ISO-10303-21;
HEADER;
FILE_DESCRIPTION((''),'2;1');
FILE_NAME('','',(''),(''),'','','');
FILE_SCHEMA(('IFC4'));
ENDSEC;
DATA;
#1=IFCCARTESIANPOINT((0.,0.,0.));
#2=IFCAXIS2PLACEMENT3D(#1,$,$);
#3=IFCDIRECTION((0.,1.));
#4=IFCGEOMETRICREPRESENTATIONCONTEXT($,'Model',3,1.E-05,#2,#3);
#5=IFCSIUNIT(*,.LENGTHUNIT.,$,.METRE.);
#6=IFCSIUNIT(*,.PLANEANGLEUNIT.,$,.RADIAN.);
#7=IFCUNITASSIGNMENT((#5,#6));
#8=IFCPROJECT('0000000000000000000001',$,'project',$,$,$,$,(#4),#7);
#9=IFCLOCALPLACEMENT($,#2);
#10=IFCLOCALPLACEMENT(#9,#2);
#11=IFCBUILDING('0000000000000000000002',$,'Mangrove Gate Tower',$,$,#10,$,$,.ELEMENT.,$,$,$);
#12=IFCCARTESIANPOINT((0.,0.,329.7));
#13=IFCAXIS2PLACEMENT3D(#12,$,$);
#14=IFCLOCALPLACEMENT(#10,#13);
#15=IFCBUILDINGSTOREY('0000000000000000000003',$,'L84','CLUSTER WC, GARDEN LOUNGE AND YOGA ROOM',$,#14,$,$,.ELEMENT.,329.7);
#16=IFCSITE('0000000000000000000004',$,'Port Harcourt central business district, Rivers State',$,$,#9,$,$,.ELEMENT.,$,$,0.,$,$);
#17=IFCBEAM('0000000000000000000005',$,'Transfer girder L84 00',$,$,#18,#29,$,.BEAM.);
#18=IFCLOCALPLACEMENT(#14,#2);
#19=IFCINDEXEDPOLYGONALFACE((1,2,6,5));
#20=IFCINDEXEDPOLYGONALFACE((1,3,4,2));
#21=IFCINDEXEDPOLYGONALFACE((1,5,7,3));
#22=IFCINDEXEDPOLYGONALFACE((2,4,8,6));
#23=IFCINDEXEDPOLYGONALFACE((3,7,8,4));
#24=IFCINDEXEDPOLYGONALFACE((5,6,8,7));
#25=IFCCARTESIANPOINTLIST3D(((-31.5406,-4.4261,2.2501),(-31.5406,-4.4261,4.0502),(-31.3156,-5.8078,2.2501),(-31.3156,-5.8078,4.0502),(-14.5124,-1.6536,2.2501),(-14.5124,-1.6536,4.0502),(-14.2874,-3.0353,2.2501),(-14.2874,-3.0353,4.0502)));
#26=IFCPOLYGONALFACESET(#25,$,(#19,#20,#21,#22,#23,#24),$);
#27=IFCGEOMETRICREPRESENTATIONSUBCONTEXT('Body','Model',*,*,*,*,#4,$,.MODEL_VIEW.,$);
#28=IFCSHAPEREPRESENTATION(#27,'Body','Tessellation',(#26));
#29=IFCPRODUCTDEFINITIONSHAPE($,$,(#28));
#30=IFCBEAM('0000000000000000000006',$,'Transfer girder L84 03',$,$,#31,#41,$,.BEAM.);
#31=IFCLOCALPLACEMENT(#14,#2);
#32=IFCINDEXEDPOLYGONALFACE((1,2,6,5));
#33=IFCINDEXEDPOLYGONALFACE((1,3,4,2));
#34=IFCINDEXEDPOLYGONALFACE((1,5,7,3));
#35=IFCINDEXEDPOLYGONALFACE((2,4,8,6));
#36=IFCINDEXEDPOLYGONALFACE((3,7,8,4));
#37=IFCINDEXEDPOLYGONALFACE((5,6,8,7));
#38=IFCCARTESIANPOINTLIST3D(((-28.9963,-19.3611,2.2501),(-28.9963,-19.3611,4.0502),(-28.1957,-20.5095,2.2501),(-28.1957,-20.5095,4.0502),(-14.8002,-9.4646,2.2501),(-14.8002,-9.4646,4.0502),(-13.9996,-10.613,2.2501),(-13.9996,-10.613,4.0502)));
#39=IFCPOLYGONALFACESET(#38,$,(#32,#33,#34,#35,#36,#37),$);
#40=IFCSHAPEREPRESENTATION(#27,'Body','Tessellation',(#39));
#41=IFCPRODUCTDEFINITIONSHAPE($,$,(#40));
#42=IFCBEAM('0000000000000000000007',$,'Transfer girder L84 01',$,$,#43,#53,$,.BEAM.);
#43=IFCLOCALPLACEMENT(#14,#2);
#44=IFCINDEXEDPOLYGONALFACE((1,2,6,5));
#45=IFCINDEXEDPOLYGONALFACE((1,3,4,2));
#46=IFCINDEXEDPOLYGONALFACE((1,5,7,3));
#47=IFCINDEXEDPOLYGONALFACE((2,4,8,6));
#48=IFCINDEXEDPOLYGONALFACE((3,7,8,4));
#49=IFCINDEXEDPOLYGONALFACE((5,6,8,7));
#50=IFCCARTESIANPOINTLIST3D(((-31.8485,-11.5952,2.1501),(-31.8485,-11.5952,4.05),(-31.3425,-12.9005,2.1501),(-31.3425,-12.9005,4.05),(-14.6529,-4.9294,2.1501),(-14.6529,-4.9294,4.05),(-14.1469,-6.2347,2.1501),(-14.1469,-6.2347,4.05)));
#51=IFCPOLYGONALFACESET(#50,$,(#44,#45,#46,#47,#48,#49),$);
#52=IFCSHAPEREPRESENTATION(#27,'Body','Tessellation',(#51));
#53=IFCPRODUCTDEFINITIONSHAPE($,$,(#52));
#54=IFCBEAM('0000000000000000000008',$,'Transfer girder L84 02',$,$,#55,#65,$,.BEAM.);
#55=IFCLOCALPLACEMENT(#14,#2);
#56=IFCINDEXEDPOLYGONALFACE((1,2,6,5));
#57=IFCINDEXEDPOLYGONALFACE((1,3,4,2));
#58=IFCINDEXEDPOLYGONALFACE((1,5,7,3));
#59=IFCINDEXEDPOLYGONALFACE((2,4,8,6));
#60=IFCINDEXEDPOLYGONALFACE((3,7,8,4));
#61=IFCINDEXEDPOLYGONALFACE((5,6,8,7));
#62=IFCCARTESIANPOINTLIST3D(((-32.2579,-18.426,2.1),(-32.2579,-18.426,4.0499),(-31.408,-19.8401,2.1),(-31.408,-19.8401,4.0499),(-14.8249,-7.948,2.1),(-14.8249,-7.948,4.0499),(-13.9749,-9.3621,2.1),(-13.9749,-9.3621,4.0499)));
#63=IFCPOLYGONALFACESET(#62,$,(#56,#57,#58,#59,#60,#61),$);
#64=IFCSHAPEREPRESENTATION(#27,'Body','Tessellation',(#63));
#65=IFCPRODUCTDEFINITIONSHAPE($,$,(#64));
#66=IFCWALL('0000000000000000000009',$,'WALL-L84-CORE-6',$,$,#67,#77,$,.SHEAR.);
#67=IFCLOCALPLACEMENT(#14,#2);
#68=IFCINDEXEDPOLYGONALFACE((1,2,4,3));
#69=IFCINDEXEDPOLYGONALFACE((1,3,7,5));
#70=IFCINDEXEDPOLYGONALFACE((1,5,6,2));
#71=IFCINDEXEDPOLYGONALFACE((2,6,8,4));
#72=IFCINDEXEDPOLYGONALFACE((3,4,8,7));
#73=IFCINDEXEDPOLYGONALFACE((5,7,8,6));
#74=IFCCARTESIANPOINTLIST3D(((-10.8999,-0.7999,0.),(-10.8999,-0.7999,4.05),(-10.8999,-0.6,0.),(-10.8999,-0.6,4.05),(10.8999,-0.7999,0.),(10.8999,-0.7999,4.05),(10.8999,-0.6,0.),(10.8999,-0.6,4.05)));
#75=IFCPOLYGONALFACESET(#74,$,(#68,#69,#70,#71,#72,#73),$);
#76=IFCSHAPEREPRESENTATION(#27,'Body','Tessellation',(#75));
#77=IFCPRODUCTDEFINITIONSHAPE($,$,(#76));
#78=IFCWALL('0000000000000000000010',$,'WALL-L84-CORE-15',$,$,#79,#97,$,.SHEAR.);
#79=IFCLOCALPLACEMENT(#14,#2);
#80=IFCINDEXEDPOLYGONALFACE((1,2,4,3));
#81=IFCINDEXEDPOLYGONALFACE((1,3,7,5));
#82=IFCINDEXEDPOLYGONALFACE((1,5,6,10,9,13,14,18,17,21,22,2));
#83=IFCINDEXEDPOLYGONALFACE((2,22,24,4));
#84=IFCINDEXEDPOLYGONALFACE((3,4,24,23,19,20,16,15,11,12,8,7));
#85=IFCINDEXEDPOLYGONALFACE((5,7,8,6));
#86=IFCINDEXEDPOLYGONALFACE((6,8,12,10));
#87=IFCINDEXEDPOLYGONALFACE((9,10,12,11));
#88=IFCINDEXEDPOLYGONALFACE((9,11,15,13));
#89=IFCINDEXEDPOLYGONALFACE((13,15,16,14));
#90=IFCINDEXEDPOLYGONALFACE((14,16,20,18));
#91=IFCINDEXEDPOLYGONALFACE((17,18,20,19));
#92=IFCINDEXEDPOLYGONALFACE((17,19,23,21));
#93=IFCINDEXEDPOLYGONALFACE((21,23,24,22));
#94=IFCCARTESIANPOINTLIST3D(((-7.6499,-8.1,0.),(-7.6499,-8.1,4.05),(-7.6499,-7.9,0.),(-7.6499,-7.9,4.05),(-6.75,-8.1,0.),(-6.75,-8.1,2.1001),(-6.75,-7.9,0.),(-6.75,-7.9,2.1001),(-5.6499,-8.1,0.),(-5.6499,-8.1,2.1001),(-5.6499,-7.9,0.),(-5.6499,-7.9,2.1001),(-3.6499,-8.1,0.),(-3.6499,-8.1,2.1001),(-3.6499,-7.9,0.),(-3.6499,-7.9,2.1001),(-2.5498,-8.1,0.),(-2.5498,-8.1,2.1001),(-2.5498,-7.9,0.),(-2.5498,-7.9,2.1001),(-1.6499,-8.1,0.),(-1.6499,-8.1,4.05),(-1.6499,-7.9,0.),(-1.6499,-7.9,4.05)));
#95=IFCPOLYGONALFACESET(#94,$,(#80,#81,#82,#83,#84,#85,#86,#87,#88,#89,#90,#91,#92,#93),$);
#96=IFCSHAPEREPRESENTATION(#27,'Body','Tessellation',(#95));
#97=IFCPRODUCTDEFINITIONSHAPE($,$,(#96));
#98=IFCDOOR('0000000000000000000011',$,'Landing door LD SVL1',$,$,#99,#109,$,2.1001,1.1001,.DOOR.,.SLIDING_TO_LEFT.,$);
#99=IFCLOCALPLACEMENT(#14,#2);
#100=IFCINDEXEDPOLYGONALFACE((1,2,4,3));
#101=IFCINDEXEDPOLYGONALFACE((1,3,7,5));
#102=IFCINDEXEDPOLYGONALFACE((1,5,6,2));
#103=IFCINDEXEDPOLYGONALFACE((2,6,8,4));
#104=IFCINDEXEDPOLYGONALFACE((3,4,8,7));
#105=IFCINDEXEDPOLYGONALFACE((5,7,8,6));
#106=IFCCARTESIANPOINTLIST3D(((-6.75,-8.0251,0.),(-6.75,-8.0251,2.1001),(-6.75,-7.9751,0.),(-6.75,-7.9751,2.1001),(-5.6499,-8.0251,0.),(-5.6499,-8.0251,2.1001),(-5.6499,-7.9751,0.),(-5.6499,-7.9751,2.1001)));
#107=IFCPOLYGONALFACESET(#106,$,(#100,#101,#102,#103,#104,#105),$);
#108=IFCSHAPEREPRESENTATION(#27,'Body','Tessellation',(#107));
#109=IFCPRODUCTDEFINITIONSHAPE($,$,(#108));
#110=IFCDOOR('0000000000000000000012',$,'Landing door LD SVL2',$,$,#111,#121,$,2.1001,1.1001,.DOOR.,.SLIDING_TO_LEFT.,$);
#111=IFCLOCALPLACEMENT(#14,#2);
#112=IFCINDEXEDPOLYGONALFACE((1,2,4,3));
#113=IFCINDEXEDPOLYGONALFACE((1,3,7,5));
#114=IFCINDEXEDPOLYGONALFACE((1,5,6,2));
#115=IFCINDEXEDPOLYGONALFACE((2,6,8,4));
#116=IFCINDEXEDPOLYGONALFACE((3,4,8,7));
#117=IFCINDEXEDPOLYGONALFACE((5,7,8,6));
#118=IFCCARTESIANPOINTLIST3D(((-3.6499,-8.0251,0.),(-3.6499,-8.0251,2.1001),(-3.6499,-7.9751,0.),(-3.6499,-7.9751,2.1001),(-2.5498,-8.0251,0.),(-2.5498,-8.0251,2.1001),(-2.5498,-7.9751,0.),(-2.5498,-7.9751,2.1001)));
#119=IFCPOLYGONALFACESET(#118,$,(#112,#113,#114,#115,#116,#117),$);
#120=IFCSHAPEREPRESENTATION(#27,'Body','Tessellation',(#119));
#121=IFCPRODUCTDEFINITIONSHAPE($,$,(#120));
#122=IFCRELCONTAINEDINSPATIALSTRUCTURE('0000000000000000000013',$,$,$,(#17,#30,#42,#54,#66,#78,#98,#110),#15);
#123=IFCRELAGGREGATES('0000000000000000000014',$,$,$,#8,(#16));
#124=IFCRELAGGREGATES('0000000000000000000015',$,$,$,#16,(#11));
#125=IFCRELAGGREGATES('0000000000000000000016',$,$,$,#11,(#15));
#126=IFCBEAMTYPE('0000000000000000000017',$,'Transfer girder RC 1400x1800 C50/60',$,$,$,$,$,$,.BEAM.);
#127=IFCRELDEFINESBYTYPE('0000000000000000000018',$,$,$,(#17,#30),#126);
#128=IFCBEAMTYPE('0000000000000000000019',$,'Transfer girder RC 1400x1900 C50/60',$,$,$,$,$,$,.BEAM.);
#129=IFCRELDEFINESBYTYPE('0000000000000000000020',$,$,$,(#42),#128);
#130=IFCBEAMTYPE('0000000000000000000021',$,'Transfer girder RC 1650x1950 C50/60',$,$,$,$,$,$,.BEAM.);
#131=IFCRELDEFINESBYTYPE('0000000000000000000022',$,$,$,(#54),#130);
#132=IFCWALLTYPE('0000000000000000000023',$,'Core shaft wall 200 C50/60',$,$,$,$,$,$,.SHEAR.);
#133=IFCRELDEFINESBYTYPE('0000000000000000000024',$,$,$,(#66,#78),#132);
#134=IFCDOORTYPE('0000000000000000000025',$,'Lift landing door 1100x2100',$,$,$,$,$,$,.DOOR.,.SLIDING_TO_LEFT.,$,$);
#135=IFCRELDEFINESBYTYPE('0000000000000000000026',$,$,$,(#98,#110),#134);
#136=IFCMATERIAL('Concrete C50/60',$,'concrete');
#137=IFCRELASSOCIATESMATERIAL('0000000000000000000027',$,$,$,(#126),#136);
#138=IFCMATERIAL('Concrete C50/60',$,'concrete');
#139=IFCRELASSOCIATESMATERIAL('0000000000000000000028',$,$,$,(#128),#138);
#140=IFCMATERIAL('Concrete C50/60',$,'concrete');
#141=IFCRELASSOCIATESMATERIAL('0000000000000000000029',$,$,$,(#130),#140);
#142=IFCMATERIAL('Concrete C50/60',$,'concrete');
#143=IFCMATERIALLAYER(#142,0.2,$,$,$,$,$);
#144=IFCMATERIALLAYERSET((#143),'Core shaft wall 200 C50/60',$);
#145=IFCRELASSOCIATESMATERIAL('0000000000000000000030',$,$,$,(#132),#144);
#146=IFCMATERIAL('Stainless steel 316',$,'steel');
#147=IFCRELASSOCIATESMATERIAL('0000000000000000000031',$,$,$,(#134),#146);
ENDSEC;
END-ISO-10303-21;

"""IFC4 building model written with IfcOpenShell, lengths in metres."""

from ifc_helpers import new_model, si_unit, direction, frame, frame_2d, origin, origin_2d, place, context, subcontext, project, spatial, rectangle, extrude, material, layer, layer_set, material_profile, profile_set, type_object, element, fill, save


model = new_model("IFC4")

# Units and contexts
model_context = context("Model", 3, precision=1e-05, world=origin(), true_north=direction((0.0, 1.0)))
body_context = subcontext(model_context, "Body", "Model", "MODEL_VIEW")
ifc_project = project(units=[si_unit("LENGTHUNIT", "METRE"), si_unit("PLANEANGLEUNIT", "RADIAN")], contexts=[model_context])

# Site, building, storey
site_placement = place(None, origin())
site = spatial("IfcSite", under=ifc_project, at=site_placement, Name="Port Harcourt central business district, Rivers State", CompositionType="ELEMENT", RefElevation=0.0)
building_placement = place(site_placement, origin())
building = spatial("IfcBuilding", under=site, at=building_placement, Name="Mangrove Gate Tower", CompositionType="ELEMENT")
storey_placement = place(building_placement, frame((0.0, 0.0, 329.7)))
storey = spatial("IfcBuildingStorey", under=building, at=storey_placement, Name="L84", Description="CLUSTER WC, GARDEN LOUNGE AND YOGA ROOM", CompositionType="ELEMENT", Elevation=329.7)

# Beams
ifc_material_1 = material(Name="Concrete C50/60", Category="concrete")
ifc_material_profile_1 = material_profile(ifc_material_1, rectangle(XDim=1.3999, YDim=1.8, at=origin_2d()))
ifc_profile_set_1 = profile_set([ifc_material_profile_1], Name="Concrete C50/60")
beam_type_1 = type_object("IfcBeamType", Name="Transfer girder RC 1400x1800 C50/60", PredefinedType="BEAM", material=ifc_profile_set_1)
beam_1_placement = place(storey_placement, frame((-14.3999, -2.3445, 3.1501), z_axis=(-0.987004, -0.160699, 0.0), x_axis=(0.160699, -0.987004, 0.0)))
element("IfcBeam", 1, at=beam_1_placement, inside=storey, type_object=beam_type_1, Name="Transfer girder L84 00", PredefinedType="BEAM", context=body_context, shape_type="SweptSolid", body=[
    extrude(rectangle(XDim=1.3999, YDim=1.8, at=origin_2d()), origin(), (0.0, 0.0, 1.0), 17.2524),
])
beam_2_placement = place(storey_placement, frame((-14.3999, -10.0388, 3.1501), z_axis=(-0.820337, -0.571881, 0.0), x_axis=(0.571881, -0.820337, 0.0)))
element("IfcBeam", 2, at=beam_2_placement, inside=storey, type_object=beam_type_1, Name="Transfer girder L84 03", PredefinedType="BEAM", context=body_context, shape_type="SweptSolid", body=[
    extrude(rectangle(XDim=1.3999, YDim=1.8, at=origin_2d()), origin(), (0.0, 0.0, 1.0), 17.3052),
])
ifc_material_2 = material(Name="Concrete C50/60", Category="concrete")
ifc_material_profile_2 = material_profile(ifc_material_2, rectangle(XDim=1.3999, YDim=1.8999, at=origin_2d()))
ifc_profile_set_2 = profile_set([ifc_material_profile_2], Name="Concrete C50/60")
beam_type_2 = type_object("IfcBeamType", Name="Transfer girder RC 1400x1900 C50/60", PredefinedType="BEAM", material=ifc_profile_set_2)
beam_3_placement = place(storey_placement, frame((-14.3999, -5.582, 3.1001), z_axis=(-0.932396, -0.361439, 0.0), x_axis=(0.361439, -0.932396, 0.0)))
element("IfcBeam", 3, at=beam_3_placement, inside=storey, type_object=beam_type_2, Name="Transfer girder L84 01", PredefinedType="BEAM", context=body_context, shape_type="SweptSolid", body=[
    extrude(rectangle(XDim=1.3999, YDim=1.8999, at=origin_2d()), origin(), (0.0, 0.0, 1.0), 18.4424),
])
ifc_material_3 = material(Name="Concrete C50/60", Category="concrete")
ifc_material_profile_3 = material_profile(ifc_material_3, rectangle(XDim=1.6499, YDim=1.95, at=origin_2d()))
ifc_profile_set_3 = profile_set([ifc_material_profile_3], Name="Concrete C50/60")
beam_type_3 = type_object("IfcBeamType", Name="Transfer girder RC 1650x1950 C50/60", PredefinedType="BEAM", material=ifc_profile_set_3)
beam_4_placement = place(storey_placement, frame((-14.3999, -8.655, 3.075), z_axis=(-0.857099, -0.515152, 0.0), x_axis=(0.515152, -0.857099, 0.0)))
element("IfcBeam", 4, at=beam_4_placement, inside=storey, type_object=beam_type_3, Name="Transfer girder L84 02", PredefinedType="BEAM", context=body_context, shape_type="SweptSolid", body=[
    extrude(rectangle(XDim=1.6499, YDim=1.95, at=origin_2d()), origin(), (0.0, 0.0, 1.0), 20.3396),
])

# Wall
ifc_material_4 = material(Name="Concrete C50/60", Category="concrete")
ifc_layer_1 = layer(ifc_material_4, 0.2)
ifc_layer_set_1 = layer_set([ifc_layer_1], Name="Core shaft wall 200 C50/60")
wall_type_1 = type_object("IfcWallType", Name="Core shaft wall 200 C50/60", PredefinedType="SHEAR", material=ifc_layer_set_1)
wall_1_placement = place(storey_placement, frame((-10.8999, -0.7, 0.0), z_axis=(0.0, 0.0, 1.0), x_axis=(1.0, 0.0, 0.0)))
element("IfcWall", 5, at=wall_1_placement, inside=storey, type_object=wall_type_1, Name="WALL-L84-CORE-6", PredefinedType="SHEAR", context=body_context, shape_type="SweptSolid", body=[
    extrude(rectangle(XDim=21.7998, YDim=0.2, at=frame_2d((10.8999, 0.0))), origin(), (0.0, 0.0, 1.0), 4.05),
])

# Wall, openings, doors
wall_2_placement = place(storey_placement, frame((-7.6499, -8.0, 0.0), z_axis=(0.0, 0.0, 1.0), x_axis=(1.0, 0.0, 0.0)))
wall_2 = element("IfcWall", 6, at=wall_2_placement, inside=storey, type_object=wall_type_1, Name="WALL-L84-CORE-15", PredefinedType="SHEAR", context=body_context, shape_type="SweptSolid", body=[
    extrude(rectangle(XDim=6.0, YDim=0.2, at=frame_2d((3.0, 0.0))), origin(), (0.0, 0.0, 1.0), 4.05),
])
opening_1_placement = place(wall_2_placement, frame((0.8999, 0.0, 0.0)))
opening_1 = element("IfcOpeningElement", 7, at=opening_1_placement, cuts=wall_2, PredefinedType="OPENING", context=body_context, shape_type="SweptSolid", body=[
    extrude(rectangle(XDim=1.1001, YDim=2.1001, at=frame_2d((0.55, 1.05))), frame((0.0, 0.1099, 0.0), z_axis=(0.0, -1.0, 0.0), x_axis=(1.0, 0.0, 0.0)), (0.0, 0.0, 1.0), 0.22),
])
opening_2_placement = place(wall_2_placement, frame((4.0, 0.0, 0.0)))
opening_2 = element("IfcOpeningElement", 8, at=opening_2_placement, cuts=wall_2, PredefinedType="OPENING", context=body_context, shape_type="SweptSolid", body=[
    extrude(rectangle(XDim=1.1001, YDim=2.1001, at=frame_2d((0.55, 1.05))), frame((0.0, 0.1099, 0.0), z_axis=(0.0, -1.0, 0.0), x_axis=(1.0, 0.0, 0.0)), (0.0, 0.0, 1.0), 0.22),
])
ifc_material_5 = material(Name="Stainless steel 316", Category="steel")
door_type_1 = type_object("IfcDoorType", Name="Lift landing door 1100x2100", OperationType="SLIDING_TO_LEFT", PredefinedType="DOOR", material=ifc_material_5)
door_1_placement = place(opening_1_placement, origin())
door_1 = element("IfcDoor", 9, at=door_1_placement, inside=storey, type_object=door_type_1, Name="Landing door LD SVL1", OperationType="SLIDING_TO_LEFT", OverallHeight=2.1001, OverallWidth=1.1001, PredefinedType="DOOR", context=body_context, shape_type="SweptSolid", body=[
    extrude(rectangle(XDim=1.1001, YDim=2.1001, at=frame_2d((0.55, 1.05))), frame((0.0, 0.0249, 0.0), z_axis=(0.0, -1.0, 0.0), x_axis=(1.0, 0.0, 0.0)), (0.0, 0.0, 1.0), 0.05),
])
fill(opening_1, door_1)
door_2_placement = place(opening_2_placement, origin())
door_2 = element("IfcDoor", 10, at=door_2_placement, inside=storey, type_object=door_type_1, Name="Landing door LD SVL2", OperationType="SLIDING_TO_LEFT", OverallHeight=2.1001, OverallWidth=1.1001, PredefinedType="DOOR", context=body_context, shape_type="SweptSolid", body=[
    extrude(rectangle(XDim=1.1001, YDim=2.1001, at=frame_2d((0.55, 1.05))), frame((0.0, 0.0249, 0.0), z_axis=(0.0, -1.0, 0.0), x_axis=(1.0, 0.0, 0.0)), (0.0, 0.0, 1.0), 0.05),
])
fill(opening_2, door_2)

save(model, "model.ifc")
